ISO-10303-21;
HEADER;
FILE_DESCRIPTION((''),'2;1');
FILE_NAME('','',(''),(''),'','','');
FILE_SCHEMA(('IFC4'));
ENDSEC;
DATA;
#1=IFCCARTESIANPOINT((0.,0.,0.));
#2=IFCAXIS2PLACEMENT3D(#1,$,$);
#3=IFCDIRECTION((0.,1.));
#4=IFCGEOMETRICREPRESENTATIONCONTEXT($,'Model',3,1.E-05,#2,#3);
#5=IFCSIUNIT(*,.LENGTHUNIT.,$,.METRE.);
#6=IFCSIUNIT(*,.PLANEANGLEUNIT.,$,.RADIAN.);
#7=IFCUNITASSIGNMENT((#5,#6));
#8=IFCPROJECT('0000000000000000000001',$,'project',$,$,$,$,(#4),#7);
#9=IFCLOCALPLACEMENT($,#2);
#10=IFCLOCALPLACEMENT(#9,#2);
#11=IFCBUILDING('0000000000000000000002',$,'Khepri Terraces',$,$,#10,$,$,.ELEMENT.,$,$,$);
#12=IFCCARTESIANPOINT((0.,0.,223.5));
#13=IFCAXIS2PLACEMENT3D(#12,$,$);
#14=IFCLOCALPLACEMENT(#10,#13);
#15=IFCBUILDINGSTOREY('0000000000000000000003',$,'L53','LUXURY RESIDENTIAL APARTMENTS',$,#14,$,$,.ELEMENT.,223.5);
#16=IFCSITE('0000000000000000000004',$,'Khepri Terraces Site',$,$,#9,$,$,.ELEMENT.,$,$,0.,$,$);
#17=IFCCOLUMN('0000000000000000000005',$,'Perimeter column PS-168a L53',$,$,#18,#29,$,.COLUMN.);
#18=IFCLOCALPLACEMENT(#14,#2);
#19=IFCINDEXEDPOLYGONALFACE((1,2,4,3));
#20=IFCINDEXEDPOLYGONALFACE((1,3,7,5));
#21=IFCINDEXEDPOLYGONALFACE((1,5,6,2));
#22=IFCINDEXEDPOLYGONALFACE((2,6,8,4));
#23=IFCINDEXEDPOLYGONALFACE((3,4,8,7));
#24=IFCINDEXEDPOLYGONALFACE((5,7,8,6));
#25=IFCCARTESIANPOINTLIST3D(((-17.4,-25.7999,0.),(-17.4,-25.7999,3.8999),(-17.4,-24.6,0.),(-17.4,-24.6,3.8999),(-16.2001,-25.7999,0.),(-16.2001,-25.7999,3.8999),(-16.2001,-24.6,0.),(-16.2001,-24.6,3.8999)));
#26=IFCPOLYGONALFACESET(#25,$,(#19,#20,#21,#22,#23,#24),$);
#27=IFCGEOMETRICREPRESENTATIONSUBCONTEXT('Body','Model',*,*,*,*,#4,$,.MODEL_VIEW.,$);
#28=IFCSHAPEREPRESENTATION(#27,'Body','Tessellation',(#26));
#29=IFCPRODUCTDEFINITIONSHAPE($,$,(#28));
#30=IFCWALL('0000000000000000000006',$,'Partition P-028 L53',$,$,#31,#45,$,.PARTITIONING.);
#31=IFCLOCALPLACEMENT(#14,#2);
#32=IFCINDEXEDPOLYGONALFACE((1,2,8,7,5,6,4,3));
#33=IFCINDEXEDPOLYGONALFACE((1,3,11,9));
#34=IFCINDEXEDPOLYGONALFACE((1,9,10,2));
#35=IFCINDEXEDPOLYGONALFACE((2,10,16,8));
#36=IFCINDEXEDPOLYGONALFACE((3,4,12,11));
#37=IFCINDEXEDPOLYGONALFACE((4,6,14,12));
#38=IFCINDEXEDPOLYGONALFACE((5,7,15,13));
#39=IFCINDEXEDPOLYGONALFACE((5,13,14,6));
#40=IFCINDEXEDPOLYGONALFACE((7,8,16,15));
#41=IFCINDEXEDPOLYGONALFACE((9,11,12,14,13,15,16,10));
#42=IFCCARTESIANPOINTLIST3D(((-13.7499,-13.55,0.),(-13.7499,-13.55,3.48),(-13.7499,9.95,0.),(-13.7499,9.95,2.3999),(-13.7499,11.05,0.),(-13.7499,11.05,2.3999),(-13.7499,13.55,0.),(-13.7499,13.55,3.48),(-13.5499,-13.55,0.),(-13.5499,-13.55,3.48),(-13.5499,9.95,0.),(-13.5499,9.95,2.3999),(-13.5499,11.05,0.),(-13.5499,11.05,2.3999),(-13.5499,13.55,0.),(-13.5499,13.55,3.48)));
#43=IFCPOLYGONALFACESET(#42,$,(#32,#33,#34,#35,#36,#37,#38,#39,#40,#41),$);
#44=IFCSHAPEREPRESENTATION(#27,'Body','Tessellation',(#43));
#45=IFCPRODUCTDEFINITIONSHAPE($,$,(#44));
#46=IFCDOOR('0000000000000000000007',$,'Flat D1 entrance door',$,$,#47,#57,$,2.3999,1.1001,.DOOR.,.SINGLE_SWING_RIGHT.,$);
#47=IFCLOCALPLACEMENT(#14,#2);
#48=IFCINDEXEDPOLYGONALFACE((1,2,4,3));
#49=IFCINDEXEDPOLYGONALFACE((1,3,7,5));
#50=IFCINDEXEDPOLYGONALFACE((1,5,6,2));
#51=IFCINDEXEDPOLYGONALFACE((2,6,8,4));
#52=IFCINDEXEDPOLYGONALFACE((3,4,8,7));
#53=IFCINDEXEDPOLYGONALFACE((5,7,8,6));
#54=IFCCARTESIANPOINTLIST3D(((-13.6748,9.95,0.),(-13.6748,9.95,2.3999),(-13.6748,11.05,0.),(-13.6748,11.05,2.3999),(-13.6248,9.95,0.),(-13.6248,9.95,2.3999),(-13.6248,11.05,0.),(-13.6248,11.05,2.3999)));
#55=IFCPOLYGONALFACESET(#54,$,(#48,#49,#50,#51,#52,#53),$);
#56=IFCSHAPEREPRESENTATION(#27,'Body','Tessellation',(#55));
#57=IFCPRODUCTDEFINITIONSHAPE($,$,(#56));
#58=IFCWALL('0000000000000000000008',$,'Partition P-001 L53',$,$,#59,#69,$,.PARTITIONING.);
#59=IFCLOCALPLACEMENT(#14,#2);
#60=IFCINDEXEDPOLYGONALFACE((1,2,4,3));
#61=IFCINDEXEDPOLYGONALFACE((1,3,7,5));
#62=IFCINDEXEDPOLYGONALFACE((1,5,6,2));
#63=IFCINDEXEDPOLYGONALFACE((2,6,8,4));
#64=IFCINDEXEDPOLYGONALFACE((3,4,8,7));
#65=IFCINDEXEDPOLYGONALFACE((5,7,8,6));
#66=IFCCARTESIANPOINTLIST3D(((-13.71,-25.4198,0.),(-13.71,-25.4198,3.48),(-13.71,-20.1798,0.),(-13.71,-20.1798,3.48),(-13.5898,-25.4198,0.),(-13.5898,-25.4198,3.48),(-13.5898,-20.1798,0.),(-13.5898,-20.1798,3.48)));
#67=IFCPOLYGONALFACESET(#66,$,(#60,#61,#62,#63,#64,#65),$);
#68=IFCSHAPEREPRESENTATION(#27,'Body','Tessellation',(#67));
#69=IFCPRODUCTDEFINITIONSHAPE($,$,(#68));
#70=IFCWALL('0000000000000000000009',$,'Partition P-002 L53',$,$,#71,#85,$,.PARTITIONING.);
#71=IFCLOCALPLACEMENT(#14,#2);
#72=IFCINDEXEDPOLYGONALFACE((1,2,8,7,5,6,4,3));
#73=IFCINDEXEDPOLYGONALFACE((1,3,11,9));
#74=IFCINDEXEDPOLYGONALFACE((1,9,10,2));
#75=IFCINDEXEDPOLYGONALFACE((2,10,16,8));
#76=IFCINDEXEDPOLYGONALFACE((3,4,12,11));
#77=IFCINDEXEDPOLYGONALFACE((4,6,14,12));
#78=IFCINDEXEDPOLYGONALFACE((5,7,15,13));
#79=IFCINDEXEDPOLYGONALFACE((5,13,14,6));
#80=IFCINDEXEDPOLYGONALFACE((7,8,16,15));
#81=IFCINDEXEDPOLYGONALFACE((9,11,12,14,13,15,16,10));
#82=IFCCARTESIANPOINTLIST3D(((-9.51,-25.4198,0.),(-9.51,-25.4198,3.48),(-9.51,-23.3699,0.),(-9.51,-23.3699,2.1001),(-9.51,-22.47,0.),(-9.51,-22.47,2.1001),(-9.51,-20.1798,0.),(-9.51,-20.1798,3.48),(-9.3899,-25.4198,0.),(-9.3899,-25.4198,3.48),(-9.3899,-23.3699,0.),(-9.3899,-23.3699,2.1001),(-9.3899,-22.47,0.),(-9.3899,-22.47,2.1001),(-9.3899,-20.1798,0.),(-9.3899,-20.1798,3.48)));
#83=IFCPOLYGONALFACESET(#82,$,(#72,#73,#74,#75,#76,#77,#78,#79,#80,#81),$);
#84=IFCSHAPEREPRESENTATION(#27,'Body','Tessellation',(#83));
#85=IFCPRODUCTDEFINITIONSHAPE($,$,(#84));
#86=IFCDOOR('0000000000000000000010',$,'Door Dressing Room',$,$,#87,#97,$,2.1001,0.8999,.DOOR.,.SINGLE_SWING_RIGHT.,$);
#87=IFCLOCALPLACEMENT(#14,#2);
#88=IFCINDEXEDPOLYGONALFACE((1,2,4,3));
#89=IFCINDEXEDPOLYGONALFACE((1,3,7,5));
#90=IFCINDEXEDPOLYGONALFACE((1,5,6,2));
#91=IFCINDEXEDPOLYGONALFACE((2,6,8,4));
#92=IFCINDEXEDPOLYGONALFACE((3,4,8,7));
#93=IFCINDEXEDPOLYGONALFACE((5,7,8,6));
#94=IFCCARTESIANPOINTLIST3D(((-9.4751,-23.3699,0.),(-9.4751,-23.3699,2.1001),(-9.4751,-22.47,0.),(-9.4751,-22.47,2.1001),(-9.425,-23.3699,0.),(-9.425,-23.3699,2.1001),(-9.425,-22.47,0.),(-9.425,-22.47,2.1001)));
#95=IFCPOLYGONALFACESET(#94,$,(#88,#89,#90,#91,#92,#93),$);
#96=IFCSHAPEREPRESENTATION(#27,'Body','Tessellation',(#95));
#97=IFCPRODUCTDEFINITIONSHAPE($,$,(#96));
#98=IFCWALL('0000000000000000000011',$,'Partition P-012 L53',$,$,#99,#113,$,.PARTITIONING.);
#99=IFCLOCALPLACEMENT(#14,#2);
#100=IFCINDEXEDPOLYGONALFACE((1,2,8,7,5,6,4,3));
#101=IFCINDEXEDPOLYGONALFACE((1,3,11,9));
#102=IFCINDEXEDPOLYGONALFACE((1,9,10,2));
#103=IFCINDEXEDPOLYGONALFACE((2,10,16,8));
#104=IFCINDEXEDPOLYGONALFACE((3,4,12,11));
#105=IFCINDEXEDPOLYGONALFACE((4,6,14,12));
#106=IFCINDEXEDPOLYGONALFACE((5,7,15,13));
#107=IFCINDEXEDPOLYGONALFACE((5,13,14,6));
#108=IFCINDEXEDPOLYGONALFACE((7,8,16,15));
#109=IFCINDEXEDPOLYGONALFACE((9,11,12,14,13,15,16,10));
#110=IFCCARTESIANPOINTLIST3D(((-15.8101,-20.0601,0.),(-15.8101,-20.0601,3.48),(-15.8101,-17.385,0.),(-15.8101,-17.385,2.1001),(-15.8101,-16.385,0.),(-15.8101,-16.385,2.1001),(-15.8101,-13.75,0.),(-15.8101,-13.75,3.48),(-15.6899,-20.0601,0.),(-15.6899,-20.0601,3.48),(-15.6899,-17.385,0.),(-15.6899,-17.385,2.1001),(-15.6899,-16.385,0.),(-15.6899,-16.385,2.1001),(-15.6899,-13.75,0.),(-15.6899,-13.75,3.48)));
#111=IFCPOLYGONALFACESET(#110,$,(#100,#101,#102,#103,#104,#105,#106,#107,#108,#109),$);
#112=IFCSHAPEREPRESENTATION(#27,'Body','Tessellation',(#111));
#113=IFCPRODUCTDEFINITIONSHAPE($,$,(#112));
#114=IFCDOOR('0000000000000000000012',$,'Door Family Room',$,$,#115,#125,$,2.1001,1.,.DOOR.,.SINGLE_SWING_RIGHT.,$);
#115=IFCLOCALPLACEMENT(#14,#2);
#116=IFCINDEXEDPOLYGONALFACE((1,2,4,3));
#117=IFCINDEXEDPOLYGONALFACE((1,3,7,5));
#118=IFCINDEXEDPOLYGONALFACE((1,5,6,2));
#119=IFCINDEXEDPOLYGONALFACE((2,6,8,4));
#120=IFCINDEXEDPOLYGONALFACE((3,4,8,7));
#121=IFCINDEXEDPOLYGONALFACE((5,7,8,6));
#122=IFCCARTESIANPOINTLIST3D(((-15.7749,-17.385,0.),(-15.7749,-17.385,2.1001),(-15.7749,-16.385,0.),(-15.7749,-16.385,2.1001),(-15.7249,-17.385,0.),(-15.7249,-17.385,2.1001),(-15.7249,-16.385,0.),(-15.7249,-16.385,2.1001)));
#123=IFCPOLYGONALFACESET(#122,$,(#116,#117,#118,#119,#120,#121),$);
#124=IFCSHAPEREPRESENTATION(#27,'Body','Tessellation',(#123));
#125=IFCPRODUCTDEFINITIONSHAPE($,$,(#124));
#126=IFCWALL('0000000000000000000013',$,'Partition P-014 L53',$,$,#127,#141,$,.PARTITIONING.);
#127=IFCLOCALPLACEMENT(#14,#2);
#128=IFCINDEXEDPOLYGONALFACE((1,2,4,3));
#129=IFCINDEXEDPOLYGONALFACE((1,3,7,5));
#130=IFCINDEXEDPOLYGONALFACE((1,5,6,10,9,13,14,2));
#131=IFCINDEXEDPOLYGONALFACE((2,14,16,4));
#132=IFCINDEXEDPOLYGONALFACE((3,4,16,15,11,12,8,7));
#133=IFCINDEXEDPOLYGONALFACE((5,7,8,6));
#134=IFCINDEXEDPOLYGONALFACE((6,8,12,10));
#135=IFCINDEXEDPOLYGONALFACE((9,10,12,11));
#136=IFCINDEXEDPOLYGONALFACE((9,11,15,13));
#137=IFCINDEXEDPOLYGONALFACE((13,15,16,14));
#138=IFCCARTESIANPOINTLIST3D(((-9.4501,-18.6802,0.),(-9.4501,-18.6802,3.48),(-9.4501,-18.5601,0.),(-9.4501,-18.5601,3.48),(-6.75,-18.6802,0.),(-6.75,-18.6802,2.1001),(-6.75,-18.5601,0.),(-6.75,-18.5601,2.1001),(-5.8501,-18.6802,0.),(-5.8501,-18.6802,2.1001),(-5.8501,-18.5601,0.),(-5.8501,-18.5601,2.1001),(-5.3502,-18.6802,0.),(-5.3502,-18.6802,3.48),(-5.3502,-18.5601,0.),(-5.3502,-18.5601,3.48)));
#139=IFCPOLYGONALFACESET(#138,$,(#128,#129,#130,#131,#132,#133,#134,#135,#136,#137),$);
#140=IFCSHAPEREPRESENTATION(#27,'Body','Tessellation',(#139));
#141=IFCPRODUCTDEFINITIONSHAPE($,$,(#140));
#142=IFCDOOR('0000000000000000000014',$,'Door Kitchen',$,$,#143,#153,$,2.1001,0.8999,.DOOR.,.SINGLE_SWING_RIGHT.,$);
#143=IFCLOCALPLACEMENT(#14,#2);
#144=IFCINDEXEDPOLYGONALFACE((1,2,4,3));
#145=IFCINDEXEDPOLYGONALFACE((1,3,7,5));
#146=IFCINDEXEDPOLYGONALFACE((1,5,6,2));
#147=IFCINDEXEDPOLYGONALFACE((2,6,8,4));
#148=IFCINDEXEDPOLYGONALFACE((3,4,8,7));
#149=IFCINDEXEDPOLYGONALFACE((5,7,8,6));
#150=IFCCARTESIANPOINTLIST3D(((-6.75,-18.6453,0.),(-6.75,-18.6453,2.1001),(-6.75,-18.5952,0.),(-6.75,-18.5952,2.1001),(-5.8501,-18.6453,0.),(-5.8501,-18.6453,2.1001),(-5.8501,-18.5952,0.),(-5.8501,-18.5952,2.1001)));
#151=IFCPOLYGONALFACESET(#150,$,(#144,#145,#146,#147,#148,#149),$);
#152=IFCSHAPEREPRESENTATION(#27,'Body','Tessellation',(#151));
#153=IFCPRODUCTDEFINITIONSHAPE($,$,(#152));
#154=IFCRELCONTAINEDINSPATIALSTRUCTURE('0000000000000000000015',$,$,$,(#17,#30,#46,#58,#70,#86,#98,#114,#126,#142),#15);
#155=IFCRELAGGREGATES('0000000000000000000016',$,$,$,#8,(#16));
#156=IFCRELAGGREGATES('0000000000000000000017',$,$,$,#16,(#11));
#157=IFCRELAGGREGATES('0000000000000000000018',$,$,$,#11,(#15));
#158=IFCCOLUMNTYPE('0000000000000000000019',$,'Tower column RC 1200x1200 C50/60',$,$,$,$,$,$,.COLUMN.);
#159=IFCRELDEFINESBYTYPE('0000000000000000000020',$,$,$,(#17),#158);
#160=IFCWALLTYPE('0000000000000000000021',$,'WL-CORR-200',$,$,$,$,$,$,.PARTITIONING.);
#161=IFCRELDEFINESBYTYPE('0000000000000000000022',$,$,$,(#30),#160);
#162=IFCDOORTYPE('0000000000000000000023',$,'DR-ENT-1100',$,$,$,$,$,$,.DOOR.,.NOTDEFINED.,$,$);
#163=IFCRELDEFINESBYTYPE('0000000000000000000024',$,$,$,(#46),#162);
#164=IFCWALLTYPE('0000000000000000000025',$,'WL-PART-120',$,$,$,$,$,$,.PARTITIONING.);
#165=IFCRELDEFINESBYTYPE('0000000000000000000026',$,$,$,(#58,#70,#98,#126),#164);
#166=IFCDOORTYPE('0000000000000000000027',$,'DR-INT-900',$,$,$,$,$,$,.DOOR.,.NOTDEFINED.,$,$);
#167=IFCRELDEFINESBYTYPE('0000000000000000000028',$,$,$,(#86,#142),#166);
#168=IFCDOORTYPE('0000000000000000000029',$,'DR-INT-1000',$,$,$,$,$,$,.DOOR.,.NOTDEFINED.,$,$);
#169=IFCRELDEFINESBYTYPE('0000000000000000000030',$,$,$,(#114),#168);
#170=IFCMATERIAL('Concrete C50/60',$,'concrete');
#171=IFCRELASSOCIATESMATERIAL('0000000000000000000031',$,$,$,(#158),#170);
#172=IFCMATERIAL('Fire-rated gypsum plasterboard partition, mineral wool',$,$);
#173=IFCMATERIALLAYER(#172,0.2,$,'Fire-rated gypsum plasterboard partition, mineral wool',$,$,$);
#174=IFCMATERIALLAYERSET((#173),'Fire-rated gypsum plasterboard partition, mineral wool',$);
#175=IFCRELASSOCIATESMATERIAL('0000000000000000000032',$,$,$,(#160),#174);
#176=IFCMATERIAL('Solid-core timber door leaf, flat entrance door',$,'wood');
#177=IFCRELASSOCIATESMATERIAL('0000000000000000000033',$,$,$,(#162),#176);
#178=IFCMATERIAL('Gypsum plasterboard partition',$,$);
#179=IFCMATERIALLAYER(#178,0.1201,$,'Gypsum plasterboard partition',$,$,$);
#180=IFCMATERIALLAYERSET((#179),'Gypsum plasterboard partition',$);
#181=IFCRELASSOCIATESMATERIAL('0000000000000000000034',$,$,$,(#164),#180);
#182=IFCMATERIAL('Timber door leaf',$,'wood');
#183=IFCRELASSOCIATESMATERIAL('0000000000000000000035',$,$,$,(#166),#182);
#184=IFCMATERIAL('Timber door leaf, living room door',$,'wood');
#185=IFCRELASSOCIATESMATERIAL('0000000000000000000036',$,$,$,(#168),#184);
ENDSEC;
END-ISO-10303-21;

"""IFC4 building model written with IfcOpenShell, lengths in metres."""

from ifc_helpers import new_model, si_unit, direction, frame, frame_2d, origin, origin_2d, place, context, subcontext, project, spatial, rectangle, extrude, material, layer, layer_set, material_profile, profile_set, type_object, element, fill, save


model = new_model("IFC4")

# Units and contexts
model_context = context("Model", 3, precision=1e-05, world=origin(), true_north=direction((0.0, 1.0)))
body_context = subcontext(model_context, "Body", "Model", "MODEL_VIEW")
ifc_project = project(units=[si_unit("LENGTHUNIT", "METRE"), si_unit("PLANEANGLEUNIT", "RADIAN")], contexts=[model_context])

# Site, building, storey
site_placement = place(None, origin())
site = spatial("IfcSite", under=ifc_project, at=site_placement, Name="Khepri Terraces Site", CompositionType="ELEMENT", RefElevation=0.0)
building_placement = place(site_placement, origin())
building = spatial("IfcBuilding", under=site, at=building_placement, Name="Khepri Terraces", CompositionType="ELEMENT")
storey_placement = place(building_placement, frame((0.0, 0.0, 223.5)))
storey = spatial("IfcBuildingStorey", under=building, at=storey_placement, Name="L53", Description="LUXURY RESIDENTIAL APARTMENTS", CompositionType="ELEMENT", Elevation=223.5)

# Column
ifc_material_1 = material(Name="Concrete C50/60", Category="concrete")
ifc_material_profile = material_profile(ifc_material_1, rectangle(XDim=1.2, YDim=1.2, at=origin_2d()), Name="Concrete C50/60", Category="concrete")
ifc_profile_set = profile_set([ifc_material_profile], Name="Concrete C50/60")
column_type = type_object("IfcColumnType", Name="Tower column RC 1200x1200 C50/60", PredefinedType="COLUMN", material=ifc_profile_set)
column_placement = place(storey_placement, frame((-16.8, -25.2, 0.0), z_axis=(0.0, 0.0, 1.0), x_axis=(1.0, 0.0, 0.0)))
element("IfcColumn", 1, at=column_placement, inside=storey, type_object=column_type, Name="Perimeter column PS-168a L53", PredefinedType="COLUMN", context=body_context, shape_type="SweptSolid", body=[
    extrude(rectangle(XDim=1.2, YDim=1.2, at=origin_2d()), origin(), (0.0, 0.0, 1.0), 3.8999),
])

# Wall, opening, door
ifc_material_2 = material(Name="Fire-rated gypsum plasterboard partition, mineral wool")
ifc_layer_1 = layer(ifc_material_2, 0.2, Name="Fire-rated gypsum plasterboard partition, mineral wool")
ifc_layer_set_1 = layer_set([ifc_layer_1], Name="Fire-rated gypsum plasterboard partition, mineral wool")
wall_type_1 = type_object("IfcWallType", Name="WL-CORR-200", PredefinedType="PARTITIONING", material=ifc_layer_set_1)
wall_1_placement = place(storey_placement, frame((-13.6499, -13.55, 0.0), z_axis=(0.0, 0.0, 1.0), x_axis=(0.0, 1.0, 0.0)))
wall_1 = element("IfcWall", 2, at=wall_1_placement, inside=storey, type_object=wall_type_1, Name="Partition P-028 L53", PredefinedType="PARTITIONING", context=body_context, shape_type="SweptSolid", body=[
    extrude(rectangle(XDim=27.1001, YDim=0.2, at=frame_2d((13.55, 0.0))), origin(), (0.0, 0.0, 1.0), 3.48),
])
opening_1_placement = place(wall_1_placement, frame((23.5, 0.0, 0.0)))
opening_1 = element("IfcOpeningElement", 3, at=opening_1_placement, cuts=wall_1, PredefinedType="OPENING", context=body_context, shape_type="SweptSolid", body=[
    extrude(rectangle(XDim=1.1001, YDim=2.3999, at=frame_2d((0.55, 1.2))), frame((0.0, 0.1099, 0.0), z_axis=(0.0, -1.0, 0.0), x_axis=(1.0, 0.0, 0.0)), (0.0, 0.0, 1.0), 0.22),
])
ifc_material_3 = material(Name="Solid-core timber door leaf, flat entrance door", Category="wood")
door_type_1 = type_object("IfcDoorType", Name="DR-ENT-1100", OperationType="NOTDEFINED", PredefinedType="DOOR", material=ifc_material_3)
door_1_placement = place(opening_1_placement, origin())
door_1 = element("IfcDoor", 4, at=door_1_placement, inside=storey, type_object=door_type_1, Name="Flat D1 entrance door", OperationType="SINGLE_SWING_RIGHT", OverallHeight=2.3999, OverallWidth=1.1001, PredefinedType="DOOR", context=body_context, shape_type="SweptSolid", body=[
    extrude(rectangle(XDim=1.1001, YDim=2.3999, at=frame_2d((0.55, 1.2))), frame((0.0, 0.0249, 0.0), z_axis=(0.0, -1.0, 0.0), x_axis=(1.0, 0.0, 0.0)), (0.0, 0.0, 1.0), 0.05),
])
fill(opening_1, door_1)

# Wall
ifc_material_4 = material(Name="Gypsum plasterboard partition")
ifc_layer_2 = layer(ifc_material_4, 0.1201, Name="Gypsum plasterboard partition")
ifc_layer_set_2 = layer_set([ifc_layer_2], Name="Gypsum plasterboard partition")
wall_type_2 = type_object("IfcWallType", Name="WL-PART-120", PredefinedType="PARTITIONING", material=ifc_layer_set_2)
wall_2_placement = place(storey_placement, frame((-13.6499, -25.4199, 0.0), z_axis=(0.0, 0.0, 1.0), x_axis=(0.0, 1.0, 0.0)))
element("IfcWall", 5, at=wall_2_placement, inside=storey, type_object=wall_type_2, Name="Partition P-001 L53", PredefinedType="PARTITIONING", context=body_context, shape_type="SweptSolid", body=[
    extrude(rectangle(XDim=5.24, YDim=0.1201, at=frame_2d((2.6201, 0.0))), origin(), (0.0, 0.0, 1.0), 3.48),
])

# Walls, openings, doors
wall_3_placement = place(storey_placement, frame((-9.45, -25.4199, 0.0), z_axis=(0.0, 0.0, 1.0), x_axis=(0.0, 1.0, 0.0)))
wall_3 = element("IfcWall", 6, at=wall_3_placement, inside=storey, type_object=wall_type_2, Name="Partition P-002 L53", PredefinedType="PARTITIONING", context=body_context, shape_type="SweptSolid", body=[
    extrude(rectangle(XDim=5.24, YDim=0.1201, at=frame_2d((2.6201, 0.0))), origin(), (0.0, 0.0, 1.0), 3.48),
])
opening_2_placement = place(wall_3_placement, frame((2.05, 0.0, 0.0)))
opening_2 = element("IfcOpeningElement", 7, at=opening_2_placement, cuts=wall_3, PredefinedType="OPENING", context=body_context, shape_type="SweptSolid", body=[
    extrude(rectangle(XDim=0.8999, YDim=2.1001, at=frame_2d((0.45, 1.05))), frame((0.0, 0.0701, 0.0), z_axis=(0.0, -1.0, 0.0), x_axis=(1.0, 0.0, 0.0)), (0.0, 0.0, 1.0), 0.1401),
])
ifc_material_5 = material(Name="Timber door leaf", Category="wood")
door_type_2 = type_object("IfcDoorType", Name="DR-INT-900", OperationType="NOTDEFINED", PredefinedType="DOOR", material=ifc_material_5)
door_2_placement = place(opening_2_placement, frame((0.8999, 0.0, 0.0), z_axis=(0.0, 0.0, 1.0), x_axis=(-1.0, 0.0, 0.0)))
door_2 = element("IfcDoor", 8, at=door_2_placement, inside=storey, type_object=door_type_2, Name="Door Dressing Room", OperationType="SINGLE_SWING_RIGHT", OverallHeight=2.1001, OverallWidth=0.8999, PredefinedType="DOOR", context=body_context, shape_type="SweptSolid", body=[
    extrude(rectangle(XDim=0.8999, YDim=2.1001, at=frame_2d((0.45, 1.05))), frame((0.0, 0.0249, 0.0), z_axis=(0.0, -1.0, 0.0), x_axis=(1.0, 0.0, 0.0)), (0.0, 0.0, 1.0), 0.05),
])
fill(opening_2, door_2)
wall_4_placement = place(storey_placement, frame((-15.75, -20.0601, 0.0), z_axis=(0.0, 0.0, 1.0), x_axis=(0.0, 1.0, 0.0)))
wall_4 = element("IfcWall", 9, at=wall_4_placement, inside=storey, type_object=wall_type_2, Name="Partition P-012 L53", PredefinedType="PARTITIONING", context=body_context, shape_type="SweptSolid", body=[
    extrude(rectangle(XDim=6.3101, YDim=0.1201, at=frame_2d((3.155, 0.0))), origin(), (0.0, 0.0, 1.0), 3.48),
])
opening_3_placement = place(wall_4_placement, frame((2.675, 0.0, 0.0)))
opening_3 = element("IfcOpeningElement", 10, at=opening_3_placement, cuts=wall_4, PredefinedType="OPENING", context=body_context, shape_type="SweptSolid", body=[
    extrude(rectangle(XDim=1.0, YDim=2.1001, at=frame_2d((0.5, 1.05))), frame((0.0, 0.0701, 0.0), z_axis=(0.0, -1.0, 0.0), x_axis=(1.0, 0.0, 0.0)), (0.0, 0.0, 1.0), 0.1401),
])
ifc_material_6 = material(Name="Timber door leaf, living room door", Category="wood")
door_type_3 = type_object("IfcDoorType", Name="DR-INT-1000", OperationType="NOTDEFINED", PredefinedType="DOOR", material=ifc_material_6)
door_3_placement = place(opening_3_placement, origin())
door_3 = element("IfcDoor", 11, at=door_3_placement, inside=storey, type_object=door_type_3, Name="Door Family Room", OperationType="SINGLE_SWING_RIGHT", OverallHeight=2.1001, OverallWidth=1.0, PredefinedType="DOOR", context=body_context, shape_type="SweptSolid", body=[
    extrude(rectangle(XDim=1.0, YDim=2.1001, at=frame_2d((0.5, 1.05))), frame((0.0, 0.0249, 0.0), z_axis=(0.0, -1.0, 0.0), x_axis=(1.0, 0.0, 0.0)), (0.0, 0.0, 1.0), 0.05),
])
fill(opening_3, door_3)
wall_5_placement = place(storey_placement, frame((-9.45, -18.6201, 0.0), z_axis=(0.0, 0.0, 1.0), x_axis=(1.0, 0.0, 0.0)))
wall_5 = element("IfcWall", 12, at=wall_5_placement, inside=storey, type_object=wall_type_2, Name="Partition P-014 L53", PredefinedType="PARTITIONING", context=body_context, shape_type="SweptSolid", body=[
    extrude(rectangle(XDim=4.0999, YDim=0.1201, at=frame_2d((2.0498, 0.0))), origin(), (0.0, 0.0, 1.0), 3.48),
])
opening_4_placement = place(wall_5_placement, frame((2.7, 0.0, 0.0)))
opening_4 = element("IfcOpeningElement", 13, at=opening_4_placement, cuts=wall_5, PredefinedType="OPENING", context=body_context, shape_type="SweptSolid", body=[
    extrude(rectangle(XDim=0.8999, YDim=2.1001, at=frame_2d((0.45, 1.05))), frame((0.0, 0.0701, 0.0), z_axis=(0.0, -1.0, 0.0), x_axis=(1.0, 0.0, 0.0)), (0.0, 0.0, 1.0), 0.1401),
])
door_4_placement = place(opening_4_placement, origin())
door_4 = element("IfcDoor", 14, at=door_4_placement, inside=storey, type_object=door_type_2, Name="Door Kitchen", OperationType="SINGLE_SWING_RIGHT", OverallHeight=2.1001, OverallWidth=0.8999, PredefinedType="DOOR", context=body_context, shape_type="SweptSolid", body=[
    extrude(rectangle(XDim=0.8999, YDim=2.1001, at=frame_2d((0.45, 1.05))), frame((0.0, 0.0249, 0.0), z_axis=(0.0, -1.0, 0.0), x_axis=(1.0, 0.0, 0.0)), (0.0, 0.0, 1.0), 0.05),
])
fill(opening_4, door_4)

save(model, "model.ifc")
